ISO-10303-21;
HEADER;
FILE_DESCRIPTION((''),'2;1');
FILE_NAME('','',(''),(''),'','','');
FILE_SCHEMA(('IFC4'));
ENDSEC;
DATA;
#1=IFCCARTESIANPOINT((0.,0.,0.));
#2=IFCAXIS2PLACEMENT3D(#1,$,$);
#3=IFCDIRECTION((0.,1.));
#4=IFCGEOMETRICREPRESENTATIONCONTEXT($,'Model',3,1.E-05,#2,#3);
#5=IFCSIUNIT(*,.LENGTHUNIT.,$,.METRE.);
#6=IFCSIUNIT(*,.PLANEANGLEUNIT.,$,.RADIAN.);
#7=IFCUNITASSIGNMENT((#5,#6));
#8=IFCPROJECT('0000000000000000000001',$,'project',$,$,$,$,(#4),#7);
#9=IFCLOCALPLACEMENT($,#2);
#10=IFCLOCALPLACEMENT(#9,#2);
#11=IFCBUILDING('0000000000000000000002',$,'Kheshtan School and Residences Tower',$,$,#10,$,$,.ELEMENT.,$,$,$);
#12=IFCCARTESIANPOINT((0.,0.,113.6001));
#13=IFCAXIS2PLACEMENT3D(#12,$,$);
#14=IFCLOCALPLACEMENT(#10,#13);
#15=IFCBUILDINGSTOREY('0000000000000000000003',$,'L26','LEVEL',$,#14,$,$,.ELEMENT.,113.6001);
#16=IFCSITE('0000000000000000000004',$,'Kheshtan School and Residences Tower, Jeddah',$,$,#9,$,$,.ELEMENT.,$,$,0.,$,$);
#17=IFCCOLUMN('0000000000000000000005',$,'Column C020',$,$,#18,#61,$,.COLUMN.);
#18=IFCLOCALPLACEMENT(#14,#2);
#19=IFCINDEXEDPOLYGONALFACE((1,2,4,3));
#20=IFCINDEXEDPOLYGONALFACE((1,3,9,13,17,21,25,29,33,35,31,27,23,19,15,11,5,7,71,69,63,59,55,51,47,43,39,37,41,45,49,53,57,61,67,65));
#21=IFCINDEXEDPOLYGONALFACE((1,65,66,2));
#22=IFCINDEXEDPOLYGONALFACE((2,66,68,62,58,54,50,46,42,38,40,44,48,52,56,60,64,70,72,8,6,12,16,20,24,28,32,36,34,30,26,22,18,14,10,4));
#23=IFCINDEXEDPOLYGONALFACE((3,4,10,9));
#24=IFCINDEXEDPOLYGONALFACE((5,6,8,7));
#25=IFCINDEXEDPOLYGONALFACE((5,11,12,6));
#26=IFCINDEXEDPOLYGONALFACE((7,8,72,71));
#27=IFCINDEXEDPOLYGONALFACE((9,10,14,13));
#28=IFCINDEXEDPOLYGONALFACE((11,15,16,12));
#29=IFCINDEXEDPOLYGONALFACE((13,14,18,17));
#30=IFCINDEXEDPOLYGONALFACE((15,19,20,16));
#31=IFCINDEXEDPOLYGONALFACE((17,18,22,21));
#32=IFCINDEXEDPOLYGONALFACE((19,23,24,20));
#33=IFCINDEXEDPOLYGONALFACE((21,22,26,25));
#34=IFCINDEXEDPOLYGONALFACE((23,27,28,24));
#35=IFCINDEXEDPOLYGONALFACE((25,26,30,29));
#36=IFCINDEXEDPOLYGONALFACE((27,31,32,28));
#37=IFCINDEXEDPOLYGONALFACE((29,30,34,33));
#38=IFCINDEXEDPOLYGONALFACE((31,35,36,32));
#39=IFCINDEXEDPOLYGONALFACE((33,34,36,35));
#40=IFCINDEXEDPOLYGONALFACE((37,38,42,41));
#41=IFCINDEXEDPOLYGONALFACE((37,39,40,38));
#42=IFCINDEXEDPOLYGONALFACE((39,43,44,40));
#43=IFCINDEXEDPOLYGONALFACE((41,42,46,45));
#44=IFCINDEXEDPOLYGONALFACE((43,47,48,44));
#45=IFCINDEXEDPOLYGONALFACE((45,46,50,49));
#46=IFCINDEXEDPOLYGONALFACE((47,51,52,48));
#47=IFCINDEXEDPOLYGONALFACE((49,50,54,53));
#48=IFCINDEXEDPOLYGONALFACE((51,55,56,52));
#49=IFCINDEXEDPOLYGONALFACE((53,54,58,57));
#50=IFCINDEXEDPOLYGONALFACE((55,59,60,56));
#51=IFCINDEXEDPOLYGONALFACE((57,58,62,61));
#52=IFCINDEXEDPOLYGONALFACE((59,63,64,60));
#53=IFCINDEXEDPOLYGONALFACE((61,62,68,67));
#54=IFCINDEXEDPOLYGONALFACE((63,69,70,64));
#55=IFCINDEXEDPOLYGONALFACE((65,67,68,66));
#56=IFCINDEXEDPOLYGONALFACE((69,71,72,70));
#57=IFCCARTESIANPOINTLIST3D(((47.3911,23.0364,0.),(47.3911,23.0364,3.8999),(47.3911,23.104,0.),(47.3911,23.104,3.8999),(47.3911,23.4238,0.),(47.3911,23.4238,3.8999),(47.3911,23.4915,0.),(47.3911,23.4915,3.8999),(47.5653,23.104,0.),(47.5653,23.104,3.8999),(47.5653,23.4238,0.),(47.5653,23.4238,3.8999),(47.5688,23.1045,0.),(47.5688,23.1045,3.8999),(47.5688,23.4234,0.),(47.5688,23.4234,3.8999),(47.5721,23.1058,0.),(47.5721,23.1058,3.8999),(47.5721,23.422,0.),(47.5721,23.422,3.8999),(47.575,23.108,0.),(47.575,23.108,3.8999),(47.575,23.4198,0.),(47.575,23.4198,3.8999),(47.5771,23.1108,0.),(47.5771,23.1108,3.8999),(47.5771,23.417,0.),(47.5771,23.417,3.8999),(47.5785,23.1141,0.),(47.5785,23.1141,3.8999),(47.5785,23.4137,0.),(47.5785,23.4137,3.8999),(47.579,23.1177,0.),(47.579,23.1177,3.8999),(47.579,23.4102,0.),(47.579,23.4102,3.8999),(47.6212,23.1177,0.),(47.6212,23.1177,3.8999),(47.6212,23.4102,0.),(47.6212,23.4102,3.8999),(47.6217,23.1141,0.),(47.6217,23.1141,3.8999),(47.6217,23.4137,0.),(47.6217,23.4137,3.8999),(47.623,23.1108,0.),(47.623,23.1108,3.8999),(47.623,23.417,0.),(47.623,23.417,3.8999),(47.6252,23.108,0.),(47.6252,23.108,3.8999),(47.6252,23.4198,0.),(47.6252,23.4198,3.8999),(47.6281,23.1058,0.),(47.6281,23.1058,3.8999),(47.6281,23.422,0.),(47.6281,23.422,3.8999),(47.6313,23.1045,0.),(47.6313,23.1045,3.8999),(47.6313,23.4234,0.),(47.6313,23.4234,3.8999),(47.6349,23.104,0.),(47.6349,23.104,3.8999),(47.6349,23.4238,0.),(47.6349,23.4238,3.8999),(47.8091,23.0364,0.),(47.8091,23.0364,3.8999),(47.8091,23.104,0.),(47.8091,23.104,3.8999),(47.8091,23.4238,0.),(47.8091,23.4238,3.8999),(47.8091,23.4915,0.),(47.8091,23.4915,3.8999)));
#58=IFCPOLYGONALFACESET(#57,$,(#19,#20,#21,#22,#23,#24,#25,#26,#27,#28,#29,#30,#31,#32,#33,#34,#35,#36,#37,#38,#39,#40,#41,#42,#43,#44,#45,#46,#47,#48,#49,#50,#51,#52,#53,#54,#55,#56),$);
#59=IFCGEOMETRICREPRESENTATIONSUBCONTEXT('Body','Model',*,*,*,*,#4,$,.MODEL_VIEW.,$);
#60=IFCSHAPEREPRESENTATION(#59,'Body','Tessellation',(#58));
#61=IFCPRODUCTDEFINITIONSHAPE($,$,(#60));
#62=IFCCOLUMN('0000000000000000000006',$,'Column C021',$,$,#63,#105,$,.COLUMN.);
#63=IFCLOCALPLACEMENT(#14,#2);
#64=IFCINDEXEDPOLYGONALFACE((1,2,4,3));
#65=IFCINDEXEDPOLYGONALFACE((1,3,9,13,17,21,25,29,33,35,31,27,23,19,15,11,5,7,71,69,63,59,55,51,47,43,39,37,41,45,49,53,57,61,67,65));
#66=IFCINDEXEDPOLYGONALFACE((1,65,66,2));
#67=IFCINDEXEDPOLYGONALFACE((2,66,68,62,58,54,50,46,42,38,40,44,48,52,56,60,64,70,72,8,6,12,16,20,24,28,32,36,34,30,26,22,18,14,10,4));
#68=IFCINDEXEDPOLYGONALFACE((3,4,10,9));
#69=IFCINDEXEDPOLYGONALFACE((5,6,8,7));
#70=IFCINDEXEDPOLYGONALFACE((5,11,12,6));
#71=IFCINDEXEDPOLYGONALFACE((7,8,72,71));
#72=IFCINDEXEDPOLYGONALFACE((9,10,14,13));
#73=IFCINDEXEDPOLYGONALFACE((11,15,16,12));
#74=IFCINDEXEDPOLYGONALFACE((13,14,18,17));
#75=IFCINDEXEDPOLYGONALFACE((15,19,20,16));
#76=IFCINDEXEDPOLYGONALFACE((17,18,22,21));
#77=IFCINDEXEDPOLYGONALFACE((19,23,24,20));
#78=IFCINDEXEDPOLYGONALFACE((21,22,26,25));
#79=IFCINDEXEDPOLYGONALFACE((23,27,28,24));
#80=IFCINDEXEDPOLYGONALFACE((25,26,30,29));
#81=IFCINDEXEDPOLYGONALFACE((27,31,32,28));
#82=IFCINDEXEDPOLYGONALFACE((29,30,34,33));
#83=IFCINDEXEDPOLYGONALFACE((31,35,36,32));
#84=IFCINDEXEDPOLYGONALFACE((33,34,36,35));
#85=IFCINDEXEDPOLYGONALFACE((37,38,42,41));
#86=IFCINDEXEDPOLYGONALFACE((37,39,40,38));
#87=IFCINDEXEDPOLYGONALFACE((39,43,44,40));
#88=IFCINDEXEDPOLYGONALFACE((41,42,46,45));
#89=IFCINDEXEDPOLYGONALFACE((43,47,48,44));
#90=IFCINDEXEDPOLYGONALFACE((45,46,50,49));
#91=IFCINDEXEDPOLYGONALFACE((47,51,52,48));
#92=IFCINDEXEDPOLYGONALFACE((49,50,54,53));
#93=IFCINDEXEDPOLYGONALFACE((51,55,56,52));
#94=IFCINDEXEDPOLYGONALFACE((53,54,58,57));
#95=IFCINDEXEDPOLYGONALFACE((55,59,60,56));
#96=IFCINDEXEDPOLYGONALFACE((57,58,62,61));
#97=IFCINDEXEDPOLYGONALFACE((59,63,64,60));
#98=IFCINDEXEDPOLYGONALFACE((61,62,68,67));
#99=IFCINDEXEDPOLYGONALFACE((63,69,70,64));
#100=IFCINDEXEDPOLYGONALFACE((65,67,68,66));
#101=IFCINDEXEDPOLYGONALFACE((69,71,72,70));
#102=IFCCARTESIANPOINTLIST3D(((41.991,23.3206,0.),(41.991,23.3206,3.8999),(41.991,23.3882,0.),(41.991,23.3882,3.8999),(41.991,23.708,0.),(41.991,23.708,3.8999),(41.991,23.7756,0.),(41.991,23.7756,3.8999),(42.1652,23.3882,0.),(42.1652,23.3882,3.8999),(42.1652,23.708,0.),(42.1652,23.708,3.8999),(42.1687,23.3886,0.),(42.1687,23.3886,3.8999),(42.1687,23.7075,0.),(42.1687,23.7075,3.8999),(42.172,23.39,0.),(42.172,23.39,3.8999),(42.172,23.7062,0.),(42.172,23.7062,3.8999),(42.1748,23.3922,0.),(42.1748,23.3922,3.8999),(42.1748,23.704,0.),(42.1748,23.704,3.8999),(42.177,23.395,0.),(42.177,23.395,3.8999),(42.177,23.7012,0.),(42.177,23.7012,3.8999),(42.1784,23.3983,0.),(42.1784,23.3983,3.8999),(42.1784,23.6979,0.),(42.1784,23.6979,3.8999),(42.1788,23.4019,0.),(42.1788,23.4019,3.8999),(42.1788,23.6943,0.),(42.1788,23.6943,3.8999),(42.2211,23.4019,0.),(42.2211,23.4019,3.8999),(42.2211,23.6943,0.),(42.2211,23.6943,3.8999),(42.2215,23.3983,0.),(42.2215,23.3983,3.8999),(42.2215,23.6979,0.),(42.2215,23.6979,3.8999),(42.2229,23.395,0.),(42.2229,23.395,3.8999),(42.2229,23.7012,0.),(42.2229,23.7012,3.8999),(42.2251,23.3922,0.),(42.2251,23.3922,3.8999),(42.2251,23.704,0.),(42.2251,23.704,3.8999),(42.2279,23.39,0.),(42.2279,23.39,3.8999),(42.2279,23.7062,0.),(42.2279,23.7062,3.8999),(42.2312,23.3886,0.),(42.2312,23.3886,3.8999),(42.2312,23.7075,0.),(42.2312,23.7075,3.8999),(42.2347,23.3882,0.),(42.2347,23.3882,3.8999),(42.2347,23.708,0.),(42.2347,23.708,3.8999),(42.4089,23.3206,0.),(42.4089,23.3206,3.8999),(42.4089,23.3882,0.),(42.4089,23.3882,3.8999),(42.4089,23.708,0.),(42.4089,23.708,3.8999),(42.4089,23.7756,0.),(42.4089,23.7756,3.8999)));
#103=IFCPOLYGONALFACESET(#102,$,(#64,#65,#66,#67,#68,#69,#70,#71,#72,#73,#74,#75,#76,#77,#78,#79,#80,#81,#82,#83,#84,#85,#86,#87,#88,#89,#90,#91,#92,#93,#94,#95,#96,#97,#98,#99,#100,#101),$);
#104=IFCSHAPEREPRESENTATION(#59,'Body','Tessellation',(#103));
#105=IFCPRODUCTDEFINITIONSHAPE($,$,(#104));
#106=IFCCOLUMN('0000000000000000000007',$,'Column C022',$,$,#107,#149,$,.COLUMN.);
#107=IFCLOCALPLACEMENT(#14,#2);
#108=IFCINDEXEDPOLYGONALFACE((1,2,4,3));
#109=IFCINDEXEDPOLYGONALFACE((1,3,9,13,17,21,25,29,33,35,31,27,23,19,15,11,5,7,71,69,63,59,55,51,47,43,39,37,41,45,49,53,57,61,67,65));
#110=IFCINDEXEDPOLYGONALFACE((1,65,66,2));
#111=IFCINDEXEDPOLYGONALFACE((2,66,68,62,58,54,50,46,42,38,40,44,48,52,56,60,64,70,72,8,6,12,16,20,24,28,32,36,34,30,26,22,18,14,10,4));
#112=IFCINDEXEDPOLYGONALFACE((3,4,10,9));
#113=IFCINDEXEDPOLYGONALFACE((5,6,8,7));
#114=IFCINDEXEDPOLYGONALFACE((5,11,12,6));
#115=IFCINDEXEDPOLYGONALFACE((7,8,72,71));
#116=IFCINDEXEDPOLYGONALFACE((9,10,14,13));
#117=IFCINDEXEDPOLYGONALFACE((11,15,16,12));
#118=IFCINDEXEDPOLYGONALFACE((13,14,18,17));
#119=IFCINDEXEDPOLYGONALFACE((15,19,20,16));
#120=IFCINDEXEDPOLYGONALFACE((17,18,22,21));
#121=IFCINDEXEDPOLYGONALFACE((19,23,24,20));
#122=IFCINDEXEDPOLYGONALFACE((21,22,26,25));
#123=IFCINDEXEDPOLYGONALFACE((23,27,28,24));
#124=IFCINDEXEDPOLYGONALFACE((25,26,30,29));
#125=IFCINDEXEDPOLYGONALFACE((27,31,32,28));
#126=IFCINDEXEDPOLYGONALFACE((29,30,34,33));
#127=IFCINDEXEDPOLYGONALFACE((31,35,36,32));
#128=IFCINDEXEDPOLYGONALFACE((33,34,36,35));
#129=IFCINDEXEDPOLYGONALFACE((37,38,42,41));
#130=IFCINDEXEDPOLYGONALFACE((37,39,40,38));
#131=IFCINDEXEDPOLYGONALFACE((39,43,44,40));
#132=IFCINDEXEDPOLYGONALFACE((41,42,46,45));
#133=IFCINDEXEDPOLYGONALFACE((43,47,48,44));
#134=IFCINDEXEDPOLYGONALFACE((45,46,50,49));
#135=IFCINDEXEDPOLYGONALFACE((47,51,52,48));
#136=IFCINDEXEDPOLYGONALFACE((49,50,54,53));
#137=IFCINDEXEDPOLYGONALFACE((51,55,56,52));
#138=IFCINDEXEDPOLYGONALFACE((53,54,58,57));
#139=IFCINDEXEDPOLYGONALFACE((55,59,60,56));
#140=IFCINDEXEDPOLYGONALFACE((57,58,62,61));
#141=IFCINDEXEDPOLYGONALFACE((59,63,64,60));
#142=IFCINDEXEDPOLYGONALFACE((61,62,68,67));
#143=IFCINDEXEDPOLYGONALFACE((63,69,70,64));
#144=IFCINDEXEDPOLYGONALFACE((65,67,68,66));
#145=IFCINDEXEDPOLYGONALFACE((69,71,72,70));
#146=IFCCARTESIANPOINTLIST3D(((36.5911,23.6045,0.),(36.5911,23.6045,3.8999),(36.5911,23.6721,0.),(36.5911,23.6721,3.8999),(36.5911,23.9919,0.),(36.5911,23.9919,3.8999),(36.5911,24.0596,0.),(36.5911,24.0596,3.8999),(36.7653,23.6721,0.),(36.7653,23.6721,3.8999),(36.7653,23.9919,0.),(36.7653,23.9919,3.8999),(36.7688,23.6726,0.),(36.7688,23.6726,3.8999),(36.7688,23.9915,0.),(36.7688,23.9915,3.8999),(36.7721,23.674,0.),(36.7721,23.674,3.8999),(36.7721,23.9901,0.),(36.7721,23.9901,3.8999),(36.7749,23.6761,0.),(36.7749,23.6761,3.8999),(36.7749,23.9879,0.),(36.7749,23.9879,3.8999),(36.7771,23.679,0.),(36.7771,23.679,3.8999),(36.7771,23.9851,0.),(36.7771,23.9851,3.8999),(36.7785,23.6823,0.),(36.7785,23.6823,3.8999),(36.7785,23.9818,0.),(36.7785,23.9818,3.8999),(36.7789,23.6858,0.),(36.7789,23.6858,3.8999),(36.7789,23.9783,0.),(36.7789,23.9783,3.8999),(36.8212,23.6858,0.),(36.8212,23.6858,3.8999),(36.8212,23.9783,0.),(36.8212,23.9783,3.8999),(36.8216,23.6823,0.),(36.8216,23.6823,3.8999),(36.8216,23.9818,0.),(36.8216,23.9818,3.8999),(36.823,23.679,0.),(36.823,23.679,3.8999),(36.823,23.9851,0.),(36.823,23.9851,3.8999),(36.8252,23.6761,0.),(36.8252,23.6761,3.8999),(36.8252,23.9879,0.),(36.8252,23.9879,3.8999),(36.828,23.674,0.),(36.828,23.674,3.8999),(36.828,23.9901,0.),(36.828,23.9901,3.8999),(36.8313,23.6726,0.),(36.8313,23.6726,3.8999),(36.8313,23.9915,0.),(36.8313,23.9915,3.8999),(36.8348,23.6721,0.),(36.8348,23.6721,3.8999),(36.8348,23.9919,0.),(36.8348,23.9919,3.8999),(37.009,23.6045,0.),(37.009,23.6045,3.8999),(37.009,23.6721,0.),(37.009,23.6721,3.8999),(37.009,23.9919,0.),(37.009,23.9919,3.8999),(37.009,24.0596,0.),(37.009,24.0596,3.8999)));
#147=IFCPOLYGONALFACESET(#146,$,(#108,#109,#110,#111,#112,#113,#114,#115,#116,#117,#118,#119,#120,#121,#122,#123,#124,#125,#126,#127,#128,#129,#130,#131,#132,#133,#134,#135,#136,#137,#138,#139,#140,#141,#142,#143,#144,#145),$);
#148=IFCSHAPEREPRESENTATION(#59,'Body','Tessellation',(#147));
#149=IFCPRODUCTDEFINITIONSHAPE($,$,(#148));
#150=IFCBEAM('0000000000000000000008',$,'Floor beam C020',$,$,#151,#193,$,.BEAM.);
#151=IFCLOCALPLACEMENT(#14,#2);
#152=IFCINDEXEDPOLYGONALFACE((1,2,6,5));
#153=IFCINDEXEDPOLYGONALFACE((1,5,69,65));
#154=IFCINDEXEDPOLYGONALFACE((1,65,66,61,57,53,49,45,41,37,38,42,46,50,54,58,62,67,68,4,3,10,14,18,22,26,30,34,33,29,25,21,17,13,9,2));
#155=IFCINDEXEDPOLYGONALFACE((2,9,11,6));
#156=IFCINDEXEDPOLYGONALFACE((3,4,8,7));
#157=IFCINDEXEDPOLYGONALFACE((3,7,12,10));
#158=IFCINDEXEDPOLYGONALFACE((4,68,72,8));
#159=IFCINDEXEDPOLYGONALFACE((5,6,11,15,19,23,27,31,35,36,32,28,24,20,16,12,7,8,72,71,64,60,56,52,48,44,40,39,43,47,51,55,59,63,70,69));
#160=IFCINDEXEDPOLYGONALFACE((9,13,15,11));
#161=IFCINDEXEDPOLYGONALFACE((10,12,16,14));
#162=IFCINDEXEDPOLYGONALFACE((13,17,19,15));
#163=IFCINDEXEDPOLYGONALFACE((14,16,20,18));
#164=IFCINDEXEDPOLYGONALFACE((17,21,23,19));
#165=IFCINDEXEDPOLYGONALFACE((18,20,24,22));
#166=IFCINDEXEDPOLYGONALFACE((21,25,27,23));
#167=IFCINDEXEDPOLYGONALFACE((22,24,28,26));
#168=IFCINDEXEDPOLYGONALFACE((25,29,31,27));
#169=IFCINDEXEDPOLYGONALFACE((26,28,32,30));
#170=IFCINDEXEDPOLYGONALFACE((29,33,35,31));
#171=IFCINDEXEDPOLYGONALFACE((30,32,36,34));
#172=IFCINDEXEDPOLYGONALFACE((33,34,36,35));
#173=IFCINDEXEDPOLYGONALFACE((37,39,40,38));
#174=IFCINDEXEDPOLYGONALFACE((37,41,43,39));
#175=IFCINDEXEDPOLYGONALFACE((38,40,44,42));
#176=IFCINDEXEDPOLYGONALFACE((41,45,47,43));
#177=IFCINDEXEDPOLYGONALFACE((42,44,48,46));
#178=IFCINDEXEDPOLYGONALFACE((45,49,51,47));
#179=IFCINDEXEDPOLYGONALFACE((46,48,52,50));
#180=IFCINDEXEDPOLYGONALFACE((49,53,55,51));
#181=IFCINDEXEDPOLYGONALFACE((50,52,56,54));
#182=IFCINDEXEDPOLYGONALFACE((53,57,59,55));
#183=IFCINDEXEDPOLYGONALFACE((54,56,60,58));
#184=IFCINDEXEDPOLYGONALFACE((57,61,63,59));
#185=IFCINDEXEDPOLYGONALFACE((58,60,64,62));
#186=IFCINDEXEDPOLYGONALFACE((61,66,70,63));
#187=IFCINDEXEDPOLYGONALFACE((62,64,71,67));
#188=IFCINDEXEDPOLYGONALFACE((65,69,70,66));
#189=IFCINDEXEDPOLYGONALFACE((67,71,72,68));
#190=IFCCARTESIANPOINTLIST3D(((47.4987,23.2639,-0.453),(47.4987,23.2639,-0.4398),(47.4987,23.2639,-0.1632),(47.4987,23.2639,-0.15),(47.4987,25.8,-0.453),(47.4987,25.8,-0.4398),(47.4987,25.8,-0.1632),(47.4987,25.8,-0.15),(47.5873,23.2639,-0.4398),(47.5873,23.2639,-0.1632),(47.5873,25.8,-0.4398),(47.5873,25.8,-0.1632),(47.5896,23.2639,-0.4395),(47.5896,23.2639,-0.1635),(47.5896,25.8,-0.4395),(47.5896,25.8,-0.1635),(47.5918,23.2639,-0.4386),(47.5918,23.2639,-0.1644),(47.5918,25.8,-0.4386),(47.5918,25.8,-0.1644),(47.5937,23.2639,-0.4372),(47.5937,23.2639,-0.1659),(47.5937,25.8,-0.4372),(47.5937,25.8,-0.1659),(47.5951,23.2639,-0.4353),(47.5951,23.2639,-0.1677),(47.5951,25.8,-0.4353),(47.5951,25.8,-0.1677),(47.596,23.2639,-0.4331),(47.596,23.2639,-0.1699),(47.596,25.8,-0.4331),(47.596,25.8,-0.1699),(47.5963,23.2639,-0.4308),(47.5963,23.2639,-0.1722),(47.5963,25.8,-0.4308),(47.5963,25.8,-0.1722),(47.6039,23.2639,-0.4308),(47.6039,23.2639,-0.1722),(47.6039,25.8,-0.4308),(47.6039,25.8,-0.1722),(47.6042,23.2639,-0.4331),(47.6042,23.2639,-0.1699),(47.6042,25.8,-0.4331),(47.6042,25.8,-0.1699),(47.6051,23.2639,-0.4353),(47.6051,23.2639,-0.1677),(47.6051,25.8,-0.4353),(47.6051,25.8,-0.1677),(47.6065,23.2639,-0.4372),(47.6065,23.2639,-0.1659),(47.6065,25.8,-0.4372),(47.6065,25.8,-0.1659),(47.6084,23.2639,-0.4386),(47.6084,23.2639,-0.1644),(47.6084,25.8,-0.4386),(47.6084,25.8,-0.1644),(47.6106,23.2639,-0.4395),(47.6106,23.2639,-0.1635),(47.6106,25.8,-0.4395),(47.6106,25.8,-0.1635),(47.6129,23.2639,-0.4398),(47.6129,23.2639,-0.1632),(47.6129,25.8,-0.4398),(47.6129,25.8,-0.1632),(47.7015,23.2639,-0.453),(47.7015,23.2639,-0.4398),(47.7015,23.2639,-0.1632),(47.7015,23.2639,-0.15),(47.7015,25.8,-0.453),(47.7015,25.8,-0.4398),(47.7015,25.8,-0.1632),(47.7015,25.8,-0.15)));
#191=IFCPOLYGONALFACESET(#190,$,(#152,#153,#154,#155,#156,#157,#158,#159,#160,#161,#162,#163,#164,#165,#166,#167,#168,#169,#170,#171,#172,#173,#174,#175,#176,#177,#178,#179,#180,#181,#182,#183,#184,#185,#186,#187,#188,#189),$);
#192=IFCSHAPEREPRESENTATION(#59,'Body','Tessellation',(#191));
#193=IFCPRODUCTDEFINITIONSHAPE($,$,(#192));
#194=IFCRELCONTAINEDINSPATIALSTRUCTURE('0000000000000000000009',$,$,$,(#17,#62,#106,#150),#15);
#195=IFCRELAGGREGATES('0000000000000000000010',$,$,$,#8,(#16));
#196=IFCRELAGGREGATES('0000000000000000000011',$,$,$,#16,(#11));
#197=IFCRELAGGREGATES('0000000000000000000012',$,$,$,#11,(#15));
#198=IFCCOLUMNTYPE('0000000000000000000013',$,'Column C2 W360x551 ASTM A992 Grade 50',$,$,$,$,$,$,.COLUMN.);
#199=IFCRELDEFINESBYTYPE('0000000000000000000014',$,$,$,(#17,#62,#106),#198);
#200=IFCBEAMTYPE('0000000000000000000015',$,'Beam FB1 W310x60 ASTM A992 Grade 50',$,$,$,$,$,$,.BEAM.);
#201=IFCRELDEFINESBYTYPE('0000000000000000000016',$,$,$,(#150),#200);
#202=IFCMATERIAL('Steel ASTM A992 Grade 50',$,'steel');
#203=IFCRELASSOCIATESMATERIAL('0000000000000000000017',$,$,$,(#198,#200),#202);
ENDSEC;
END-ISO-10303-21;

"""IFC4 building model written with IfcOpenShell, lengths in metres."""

from ifc_helpers import new_model, si_unit, direction, frame, origin, origin_2d, place, context, subcontext, project, spatial, i_section, extrude, material, material_profile, profile_set, type_object, element, save


model = new_model("IFC4")

# Units and contexts
model_context = context("Model", 3, precision=1e-05, world=origin(), true_north=direction((0.0, 1.0)))
body_context = subcontext(model_context, "Body", "Model", "MODEL_VIEW")
ifc_project = project(units=[si_unit("LENGTHUNIT", "METRE"), si_unit("PLANEANGLEUNIT", "RADIAN")], contexts=[model_context])

# Site, building, storey
site_placement = place(None, origin())
site = spatial("IfcSite", under=ifc_project, at=site_placement, Name="Kheshtan School and Residences Tower, Jeddah", CompositionType="ELEMENT", RefElevation=0.0)
building_placement = place(site_placement, origin())
building = spatial("IfcBuilding", under=site, at=building_placement, Name="Kheshtan School and Residences Tower", CompositionType="ELEMENT")
storey_placement = place(building_placement, frame((0.0, 0.0, 113.6001)))
storey = spatial("IfcBuildingStorey", under=building, at=storey_placement, Name="L26", Description="LEVEL", CompositionType="ELEMENT", Elevation=113.6001)

# Columns
ifc_material_1 = material(Name="Steel ASTM A992 Grade 50", Category="steel")
ifc_material_profile_1 = material_profile(ifc_material_1, i_section(OverallWidth=0.418, OverallDepth=0.4551, WebThickness=0.0422, FlangeThickness=0.0676, FilletRadius=0.0137, at=origin_2d()), Name="W360x551")
ifc_profile_set_1 = profile_set([ifc_material_profile_1], Name="Steel ASTM A992 Grade 50")
column_type = type_object("IfcColumnType", Name="Column C2 W360x551 ASTM A992 Grade 50", PredefinedType="COLUMN", material=ifc_profile_set_1)
for number, where, z_axis, x_axis, name in (
    (1, (47.6001, 23.2639, 0.0), (0.0, 0.0, 1.0), (1.0, 0.0, 0.0), "Column C020"),
    (2, (42.2, 23.5481, 0.0), (0.0, 0.0, 1.0), (1.0, 0.0, 0.0), "Column C021"),
    (3, (36.8, 23.832, 0.0), (0.0, 0.0, 1.0), (1.0, 0.0, 0.0), "Column C022"),
):
    element("IfcColumn", number, at=place(storey_placement, frame(where, z_axis=z_axis, x_axis=x_axis)), inside=storey, type_object=column_type, Name=name, PredefinedType="COLUMN", context=body_context, shape_type="SweptSolid", body=[
        extrude(i_section(OverallWidth=0.418, OverallDepth=0.4551, WebThickness=0.0422, FlangeThickness=0.0676, FilletRadius=0.0137, at=origin_2d()), origin(), (0.0, 0.0, 1.0), 3.8999),
    ])

# Beam
ifc_material_profile_2 = material_profile(ifc_material_1, i_section(OverallWidth=0.2029, OverallDepth=0.303, WebThickness=0.0076, FlangeThickness=0.0132, FilletRadius=0.009, at=origin_2d()), Name="W310x60")
ifc_profile_set_2 = profile_set([ifc_material_profile_2], Name="Steel ASTM A992 Grade 50")
beam_type_1 = type_object("IfcBeamType", Name="Beam FB1 W310x60 ASTM A992 Grade 50", PredefinedType="BEAM", material=ifc_profile_set_2)
beam_1_placement = place(storey_placement, frame((47.6001, 23.2639, -0.3015), z_axis=(0.0, 1.0, 0.0), x_axis=(-1.0, 0.0, 0.0)))
element("IfcBeam", 4, at=beam_1_placement, inside=storey, type_object=beam_type_1, Name="Floor beam C020", PredefinedType="BEAM", context=body_context, shape_type="SweptSolid", body=[
    extrude(i_section(OverallWidth=0.2029, OverallDepth=0.303, WebThickness=0.0076, FlangeThickness=0.0132, FilletRadius=0.009, at=origin_2d()), origin(), (0.0, 0.0, 1.0), 2.5361),
])

save(model, "model.ifc")
